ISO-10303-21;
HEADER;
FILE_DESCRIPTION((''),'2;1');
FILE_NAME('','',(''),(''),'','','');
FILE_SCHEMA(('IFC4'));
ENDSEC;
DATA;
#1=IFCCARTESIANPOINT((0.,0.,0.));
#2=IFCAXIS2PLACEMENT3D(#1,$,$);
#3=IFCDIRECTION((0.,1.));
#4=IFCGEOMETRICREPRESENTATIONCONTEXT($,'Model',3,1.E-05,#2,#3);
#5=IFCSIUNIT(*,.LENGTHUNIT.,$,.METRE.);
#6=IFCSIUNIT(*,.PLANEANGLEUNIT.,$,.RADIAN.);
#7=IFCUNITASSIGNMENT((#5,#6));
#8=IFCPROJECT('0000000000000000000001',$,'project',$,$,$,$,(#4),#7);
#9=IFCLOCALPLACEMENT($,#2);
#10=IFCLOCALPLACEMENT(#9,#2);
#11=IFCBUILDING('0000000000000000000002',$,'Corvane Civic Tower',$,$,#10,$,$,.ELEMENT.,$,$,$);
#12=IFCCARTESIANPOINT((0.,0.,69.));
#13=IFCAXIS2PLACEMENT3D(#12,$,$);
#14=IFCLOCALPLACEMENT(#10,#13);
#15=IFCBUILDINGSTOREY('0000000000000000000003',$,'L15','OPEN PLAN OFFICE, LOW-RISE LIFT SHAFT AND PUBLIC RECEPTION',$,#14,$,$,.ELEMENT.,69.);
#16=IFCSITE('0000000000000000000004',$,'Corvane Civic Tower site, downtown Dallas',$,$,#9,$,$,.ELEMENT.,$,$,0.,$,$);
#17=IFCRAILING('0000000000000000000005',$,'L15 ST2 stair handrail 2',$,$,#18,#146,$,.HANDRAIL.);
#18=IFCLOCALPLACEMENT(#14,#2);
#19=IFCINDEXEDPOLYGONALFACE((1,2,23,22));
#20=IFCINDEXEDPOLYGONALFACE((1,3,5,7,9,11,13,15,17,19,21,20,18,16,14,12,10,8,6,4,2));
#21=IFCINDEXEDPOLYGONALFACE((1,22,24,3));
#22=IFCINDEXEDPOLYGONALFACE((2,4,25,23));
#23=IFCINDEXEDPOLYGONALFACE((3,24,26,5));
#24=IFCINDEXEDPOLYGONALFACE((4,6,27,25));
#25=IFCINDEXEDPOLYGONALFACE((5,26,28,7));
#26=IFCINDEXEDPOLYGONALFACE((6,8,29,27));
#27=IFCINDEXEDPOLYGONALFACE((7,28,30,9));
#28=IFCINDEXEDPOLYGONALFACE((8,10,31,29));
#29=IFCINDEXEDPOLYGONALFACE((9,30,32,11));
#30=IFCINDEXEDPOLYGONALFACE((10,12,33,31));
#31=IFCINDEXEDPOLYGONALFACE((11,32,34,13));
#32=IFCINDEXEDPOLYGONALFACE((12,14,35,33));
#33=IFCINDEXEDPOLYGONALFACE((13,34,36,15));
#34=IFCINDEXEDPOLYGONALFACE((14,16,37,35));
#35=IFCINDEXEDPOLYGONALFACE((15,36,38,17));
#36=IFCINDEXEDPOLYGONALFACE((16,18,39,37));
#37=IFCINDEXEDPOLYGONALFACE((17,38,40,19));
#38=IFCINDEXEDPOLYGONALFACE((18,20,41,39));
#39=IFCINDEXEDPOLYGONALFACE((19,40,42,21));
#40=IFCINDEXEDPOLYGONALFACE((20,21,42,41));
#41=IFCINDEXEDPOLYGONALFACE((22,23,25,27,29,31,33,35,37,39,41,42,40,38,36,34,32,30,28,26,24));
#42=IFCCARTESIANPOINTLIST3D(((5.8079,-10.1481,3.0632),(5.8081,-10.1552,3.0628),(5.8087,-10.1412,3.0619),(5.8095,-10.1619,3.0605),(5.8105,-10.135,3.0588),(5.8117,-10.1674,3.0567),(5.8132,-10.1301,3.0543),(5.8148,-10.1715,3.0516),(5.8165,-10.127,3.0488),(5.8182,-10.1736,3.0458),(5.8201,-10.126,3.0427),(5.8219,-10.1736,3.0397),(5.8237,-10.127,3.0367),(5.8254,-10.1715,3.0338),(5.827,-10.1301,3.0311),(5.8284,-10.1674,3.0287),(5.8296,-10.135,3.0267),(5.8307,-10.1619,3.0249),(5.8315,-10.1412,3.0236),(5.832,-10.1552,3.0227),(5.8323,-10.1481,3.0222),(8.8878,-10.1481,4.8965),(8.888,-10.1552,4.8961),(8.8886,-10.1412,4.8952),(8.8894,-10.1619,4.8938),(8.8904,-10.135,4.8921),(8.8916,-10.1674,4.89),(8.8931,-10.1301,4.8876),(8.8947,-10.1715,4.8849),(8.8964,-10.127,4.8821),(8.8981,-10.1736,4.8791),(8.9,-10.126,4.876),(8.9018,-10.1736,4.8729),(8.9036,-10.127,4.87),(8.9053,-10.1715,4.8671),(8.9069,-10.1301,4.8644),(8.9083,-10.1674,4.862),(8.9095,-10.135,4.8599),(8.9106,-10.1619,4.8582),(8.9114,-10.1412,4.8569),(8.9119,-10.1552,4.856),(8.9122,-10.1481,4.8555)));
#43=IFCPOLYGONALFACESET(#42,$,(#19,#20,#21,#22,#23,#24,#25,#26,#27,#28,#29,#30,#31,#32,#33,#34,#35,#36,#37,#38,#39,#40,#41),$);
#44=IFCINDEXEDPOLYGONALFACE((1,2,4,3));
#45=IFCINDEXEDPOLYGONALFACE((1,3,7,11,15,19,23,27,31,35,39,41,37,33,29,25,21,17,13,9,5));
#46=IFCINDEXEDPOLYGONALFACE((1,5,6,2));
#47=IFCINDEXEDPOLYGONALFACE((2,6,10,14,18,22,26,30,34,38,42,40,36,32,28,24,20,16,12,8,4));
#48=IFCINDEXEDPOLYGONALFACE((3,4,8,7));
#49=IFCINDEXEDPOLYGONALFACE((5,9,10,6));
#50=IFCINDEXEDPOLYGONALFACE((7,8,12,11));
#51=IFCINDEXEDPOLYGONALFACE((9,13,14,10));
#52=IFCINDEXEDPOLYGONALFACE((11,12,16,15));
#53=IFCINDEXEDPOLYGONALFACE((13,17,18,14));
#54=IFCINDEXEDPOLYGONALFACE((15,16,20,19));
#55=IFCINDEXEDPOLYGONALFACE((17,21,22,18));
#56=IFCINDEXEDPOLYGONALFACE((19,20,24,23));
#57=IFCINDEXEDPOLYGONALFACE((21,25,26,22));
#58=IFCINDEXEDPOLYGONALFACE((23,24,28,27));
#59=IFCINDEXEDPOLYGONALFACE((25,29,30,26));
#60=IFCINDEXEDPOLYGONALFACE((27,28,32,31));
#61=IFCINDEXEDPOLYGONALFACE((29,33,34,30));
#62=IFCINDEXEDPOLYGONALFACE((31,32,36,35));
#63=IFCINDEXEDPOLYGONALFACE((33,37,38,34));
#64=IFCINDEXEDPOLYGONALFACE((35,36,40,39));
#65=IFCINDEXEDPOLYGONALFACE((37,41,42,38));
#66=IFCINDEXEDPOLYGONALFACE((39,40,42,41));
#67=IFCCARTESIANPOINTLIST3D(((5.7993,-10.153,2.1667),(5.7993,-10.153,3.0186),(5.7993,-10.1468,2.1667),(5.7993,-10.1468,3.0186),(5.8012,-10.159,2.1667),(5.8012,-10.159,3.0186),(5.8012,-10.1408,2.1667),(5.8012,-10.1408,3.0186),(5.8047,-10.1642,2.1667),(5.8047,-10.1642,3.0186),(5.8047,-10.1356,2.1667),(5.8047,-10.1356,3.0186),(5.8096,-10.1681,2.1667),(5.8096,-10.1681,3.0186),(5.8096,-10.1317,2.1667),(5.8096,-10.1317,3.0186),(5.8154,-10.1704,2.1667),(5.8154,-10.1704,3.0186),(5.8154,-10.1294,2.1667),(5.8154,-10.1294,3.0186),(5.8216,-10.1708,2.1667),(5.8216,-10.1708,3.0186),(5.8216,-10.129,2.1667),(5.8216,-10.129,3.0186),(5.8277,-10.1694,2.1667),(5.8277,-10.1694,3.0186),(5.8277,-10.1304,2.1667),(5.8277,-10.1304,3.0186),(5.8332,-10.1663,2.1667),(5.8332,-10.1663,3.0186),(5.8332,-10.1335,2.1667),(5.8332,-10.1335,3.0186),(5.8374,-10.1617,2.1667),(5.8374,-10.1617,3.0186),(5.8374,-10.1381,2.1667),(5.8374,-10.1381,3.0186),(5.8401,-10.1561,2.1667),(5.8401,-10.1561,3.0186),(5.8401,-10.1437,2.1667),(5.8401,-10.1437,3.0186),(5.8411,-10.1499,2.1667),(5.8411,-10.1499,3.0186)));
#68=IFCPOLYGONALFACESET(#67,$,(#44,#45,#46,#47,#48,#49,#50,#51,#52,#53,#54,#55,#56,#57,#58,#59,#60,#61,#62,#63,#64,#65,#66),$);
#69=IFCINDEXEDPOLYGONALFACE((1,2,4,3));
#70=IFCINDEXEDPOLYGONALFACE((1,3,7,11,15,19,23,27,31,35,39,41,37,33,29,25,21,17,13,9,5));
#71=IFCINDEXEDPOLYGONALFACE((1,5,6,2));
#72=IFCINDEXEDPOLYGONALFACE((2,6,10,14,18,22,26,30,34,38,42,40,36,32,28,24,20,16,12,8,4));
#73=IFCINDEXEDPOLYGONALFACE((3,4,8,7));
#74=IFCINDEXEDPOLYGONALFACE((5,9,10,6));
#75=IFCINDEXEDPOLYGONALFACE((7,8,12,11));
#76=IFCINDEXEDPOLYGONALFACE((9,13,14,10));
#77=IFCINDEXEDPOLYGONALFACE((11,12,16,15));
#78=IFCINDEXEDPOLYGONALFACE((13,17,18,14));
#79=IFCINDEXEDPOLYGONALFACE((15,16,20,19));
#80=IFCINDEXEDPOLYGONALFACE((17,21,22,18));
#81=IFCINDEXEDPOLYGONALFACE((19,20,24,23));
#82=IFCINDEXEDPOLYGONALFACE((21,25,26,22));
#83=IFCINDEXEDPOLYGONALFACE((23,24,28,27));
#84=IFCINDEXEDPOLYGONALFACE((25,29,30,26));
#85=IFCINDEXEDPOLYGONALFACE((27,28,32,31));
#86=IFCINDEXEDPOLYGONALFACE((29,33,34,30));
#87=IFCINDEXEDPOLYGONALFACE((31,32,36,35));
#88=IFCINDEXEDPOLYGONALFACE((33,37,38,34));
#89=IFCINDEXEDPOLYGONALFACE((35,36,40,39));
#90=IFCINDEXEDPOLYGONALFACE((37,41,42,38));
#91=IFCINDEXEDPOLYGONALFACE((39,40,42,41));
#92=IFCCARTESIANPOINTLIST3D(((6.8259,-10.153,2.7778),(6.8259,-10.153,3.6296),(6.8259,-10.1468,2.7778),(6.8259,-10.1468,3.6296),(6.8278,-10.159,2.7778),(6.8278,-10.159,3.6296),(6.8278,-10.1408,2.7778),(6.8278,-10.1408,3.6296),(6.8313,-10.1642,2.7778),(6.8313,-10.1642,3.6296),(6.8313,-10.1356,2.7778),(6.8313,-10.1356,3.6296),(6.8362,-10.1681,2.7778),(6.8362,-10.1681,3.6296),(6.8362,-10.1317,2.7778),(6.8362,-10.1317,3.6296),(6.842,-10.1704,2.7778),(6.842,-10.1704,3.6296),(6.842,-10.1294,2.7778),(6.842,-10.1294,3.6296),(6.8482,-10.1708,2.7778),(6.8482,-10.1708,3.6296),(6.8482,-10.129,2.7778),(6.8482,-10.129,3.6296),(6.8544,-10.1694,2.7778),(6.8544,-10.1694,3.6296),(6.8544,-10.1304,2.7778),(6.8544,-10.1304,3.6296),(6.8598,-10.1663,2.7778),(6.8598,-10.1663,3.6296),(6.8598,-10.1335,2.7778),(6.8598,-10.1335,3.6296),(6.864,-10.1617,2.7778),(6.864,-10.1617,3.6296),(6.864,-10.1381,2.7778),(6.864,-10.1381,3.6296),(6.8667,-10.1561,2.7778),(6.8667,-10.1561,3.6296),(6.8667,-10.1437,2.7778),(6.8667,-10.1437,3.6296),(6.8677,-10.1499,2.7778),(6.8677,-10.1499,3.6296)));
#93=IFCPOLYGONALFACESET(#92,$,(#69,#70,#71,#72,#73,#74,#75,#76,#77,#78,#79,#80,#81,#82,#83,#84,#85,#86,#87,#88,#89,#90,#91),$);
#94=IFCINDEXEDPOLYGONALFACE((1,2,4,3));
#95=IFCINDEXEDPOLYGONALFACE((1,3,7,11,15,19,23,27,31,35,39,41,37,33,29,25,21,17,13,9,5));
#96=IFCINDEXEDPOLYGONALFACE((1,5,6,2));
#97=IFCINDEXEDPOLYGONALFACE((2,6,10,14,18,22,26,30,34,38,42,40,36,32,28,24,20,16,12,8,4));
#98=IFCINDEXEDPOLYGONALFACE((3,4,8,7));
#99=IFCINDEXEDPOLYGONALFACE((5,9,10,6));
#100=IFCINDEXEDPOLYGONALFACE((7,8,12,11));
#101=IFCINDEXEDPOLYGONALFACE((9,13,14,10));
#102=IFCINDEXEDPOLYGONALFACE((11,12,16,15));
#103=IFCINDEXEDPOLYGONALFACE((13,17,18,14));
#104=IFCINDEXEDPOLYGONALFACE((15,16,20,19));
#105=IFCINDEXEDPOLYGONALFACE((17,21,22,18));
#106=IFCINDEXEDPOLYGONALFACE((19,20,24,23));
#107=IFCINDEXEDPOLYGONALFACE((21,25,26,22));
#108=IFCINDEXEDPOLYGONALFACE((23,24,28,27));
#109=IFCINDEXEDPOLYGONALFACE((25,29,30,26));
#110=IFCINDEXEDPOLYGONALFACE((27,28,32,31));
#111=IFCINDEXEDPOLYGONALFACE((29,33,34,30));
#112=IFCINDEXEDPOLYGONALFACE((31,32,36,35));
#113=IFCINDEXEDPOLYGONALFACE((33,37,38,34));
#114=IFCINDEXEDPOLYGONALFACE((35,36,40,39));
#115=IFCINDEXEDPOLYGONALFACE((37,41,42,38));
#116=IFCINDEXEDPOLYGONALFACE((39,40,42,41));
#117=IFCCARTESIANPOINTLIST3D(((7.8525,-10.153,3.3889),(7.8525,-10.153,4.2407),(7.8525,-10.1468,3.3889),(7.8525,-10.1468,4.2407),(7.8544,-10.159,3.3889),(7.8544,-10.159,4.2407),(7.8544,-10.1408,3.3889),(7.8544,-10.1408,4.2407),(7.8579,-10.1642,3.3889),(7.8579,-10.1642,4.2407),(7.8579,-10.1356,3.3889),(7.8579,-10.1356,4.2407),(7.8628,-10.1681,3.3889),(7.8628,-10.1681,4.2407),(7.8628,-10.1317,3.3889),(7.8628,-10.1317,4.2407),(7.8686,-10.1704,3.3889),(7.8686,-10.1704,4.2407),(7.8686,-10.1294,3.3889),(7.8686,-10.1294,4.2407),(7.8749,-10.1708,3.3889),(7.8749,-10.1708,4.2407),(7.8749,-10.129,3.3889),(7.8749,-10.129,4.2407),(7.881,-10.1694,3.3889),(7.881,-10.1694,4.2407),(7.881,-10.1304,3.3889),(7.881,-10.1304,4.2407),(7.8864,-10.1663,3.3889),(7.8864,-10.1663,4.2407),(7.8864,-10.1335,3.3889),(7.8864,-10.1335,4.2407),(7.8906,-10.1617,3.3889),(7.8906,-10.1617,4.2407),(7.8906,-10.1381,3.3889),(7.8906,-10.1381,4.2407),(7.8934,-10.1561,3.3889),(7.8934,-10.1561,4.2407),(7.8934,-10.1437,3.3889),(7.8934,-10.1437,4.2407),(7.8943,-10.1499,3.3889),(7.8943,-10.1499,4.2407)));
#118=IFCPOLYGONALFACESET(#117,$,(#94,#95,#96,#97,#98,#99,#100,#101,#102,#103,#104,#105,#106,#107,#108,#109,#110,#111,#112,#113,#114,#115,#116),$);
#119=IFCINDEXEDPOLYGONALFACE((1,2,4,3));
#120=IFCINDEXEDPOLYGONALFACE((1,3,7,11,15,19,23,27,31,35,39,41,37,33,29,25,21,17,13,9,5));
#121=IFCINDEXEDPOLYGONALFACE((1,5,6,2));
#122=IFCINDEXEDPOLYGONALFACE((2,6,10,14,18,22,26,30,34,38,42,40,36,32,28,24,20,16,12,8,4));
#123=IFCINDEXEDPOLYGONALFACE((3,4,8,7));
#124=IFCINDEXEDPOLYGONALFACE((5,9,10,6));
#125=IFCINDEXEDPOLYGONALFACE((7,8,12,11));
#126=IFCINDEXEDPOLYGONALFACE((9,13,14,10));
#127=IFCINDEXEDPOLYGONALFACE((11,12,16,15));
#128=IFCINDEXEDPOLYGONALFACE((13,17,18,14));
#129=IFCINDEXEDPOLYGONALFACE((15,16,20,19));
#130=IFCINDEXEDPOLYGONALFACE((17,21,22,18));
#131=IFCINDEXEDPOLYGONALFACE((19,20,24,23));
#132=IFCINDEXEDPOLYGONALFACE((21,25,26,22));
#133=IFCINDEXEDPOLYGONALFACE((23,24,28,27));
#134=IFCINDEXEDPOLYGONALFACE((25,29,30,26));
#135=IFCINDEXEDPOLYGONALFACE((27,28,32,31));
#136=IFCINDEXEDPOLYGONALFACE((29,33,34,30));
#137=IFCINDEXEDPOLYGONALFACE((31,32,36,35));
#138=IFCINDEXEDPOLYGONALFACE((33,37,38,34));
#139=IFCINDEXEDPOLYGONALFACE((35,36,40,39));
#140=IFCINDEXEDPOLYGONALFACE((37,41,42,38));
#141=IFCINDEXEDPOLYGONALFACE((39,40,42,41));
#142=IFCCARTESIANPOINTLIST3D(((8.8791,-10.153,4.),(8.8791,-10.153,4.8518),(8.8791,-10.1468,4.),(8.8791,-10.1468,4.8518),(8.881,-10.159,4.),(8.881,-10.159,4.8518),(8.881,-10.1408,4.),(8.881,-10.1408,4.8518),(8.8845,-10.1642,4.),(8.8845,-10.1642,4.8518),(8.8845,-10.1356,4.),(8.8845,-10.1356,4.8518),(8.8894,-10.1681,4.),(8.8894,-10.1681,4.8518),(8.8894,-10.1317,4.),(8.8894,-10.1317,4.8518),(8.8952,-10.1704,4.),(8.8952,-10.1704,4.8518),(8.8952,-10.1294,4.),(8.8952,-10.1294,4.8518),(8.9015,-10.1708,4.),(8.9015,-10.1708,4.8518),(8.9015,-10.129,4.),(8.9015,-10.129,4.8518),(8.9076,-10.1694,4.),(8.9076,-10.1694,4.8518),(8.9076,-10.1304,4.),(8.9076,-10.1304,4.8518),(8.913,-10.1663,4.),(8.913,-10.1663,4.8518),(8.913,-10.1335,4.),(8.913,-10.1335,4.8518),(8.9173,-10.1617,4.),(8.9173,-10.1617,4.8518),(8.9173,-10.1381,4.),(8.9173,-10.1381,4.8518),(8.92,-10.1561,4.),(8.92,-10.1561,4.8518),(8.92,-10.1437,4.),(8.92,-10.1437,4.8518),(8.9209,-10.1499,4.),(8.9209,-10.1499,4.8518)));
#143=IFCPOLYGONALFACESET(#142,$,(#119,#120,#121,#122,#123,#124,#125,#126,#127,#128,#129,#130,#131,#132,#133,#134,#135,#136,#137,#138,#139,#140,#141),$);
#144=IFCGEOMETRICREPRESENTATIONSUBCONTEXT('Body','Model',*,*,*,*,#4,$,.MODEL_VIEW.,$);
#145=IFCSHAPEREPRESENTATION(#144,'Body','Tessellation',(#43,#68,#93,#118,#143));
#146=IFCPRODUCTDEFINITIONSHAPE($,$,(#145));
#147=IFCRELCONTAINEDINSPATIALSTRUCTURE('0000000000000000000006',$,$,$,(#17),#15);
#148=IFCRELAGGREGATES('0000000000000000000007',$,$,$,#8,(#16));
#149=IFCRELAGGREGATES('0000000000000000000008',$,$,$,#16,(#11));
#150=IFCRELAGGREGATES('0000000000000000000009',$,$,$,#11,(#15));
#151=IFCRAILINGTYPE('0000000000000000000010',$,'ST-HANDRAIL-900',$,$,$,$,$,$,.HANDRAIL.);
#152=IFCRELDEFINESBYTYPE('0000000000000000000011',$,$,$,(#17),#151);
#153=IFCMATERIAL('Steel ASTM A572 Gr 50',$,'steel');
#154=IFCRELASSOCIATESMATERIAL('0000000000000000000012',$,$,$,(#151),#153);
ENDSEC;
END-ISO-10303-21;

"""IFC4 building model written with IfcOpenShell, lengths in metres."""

from ifc_helpers import new_model, si_unit, direction, frame, origin, origin_2d, place, context, subcontext, project, spatial, circle, extrude, material, type_object, element, save


model = new_model("IFC4")

# Units and contexts
model_context = context("Model", 3, precision=1e-05, world=origin(), true_north=direction((0.0, 1.0)))
body_context = subcontext(model_context, "Body", "Model", "MODEL_VIEW")
ifc_project = project(units=[si_unit("LENGTHUNIT", "METRE"), si_unit("PLANEANGLEUNIT", "RADIAN")], contexts=[model_context])

# Site, building, storey
site_placement = place(None, origin())
site = spatial("IfcSite", under=ifc_project, at=site_placement, Name="Corvane Civic Tower site, downtown Dallas", CompositionType="ELEMENT", RefElevation=0.0)
building_placement = place(site_placement, origin())
building = spatial("IfcBuilding", under=site, at=building_placement, Name="Corvane Civic Tower", CompositionType="ELEMENT")
storey_placement = place(building_placement, frame((0.0, 0.0, 69.0)))
storey = spatial("IfcBuildingStorey", under=building, at=storey_placement, Name="L15", Description="OPEN PLAN OFFICE, LOW-RISE LIFT SHAFT AND PUBLIC RECEPTION", CompositionType="ELEMENT", Elevation=69.0)

# Railing
ifc_material_1 = material(Name="Steel ASTM A572 Gr 50", Category="steel")
railing_type_1 = type_object("IfcRailingType", Name="ST-HANDRAIL-900", PredefinedType="HANDRAIL", material=ifc_material_1)
railing_1_placement = place(storey_placement, frame((5.8201, -10.1499, 2.1667)))
element("IfcRailing", 1, at=railing_1_placement, inside=storey, type_object=railing_type_1, Name="L15 ST2 stair handrail 2", PredefinedType="HANDRAIL", context=body_context, shape_type="SweptSolid", body=[
    extrude(circle(Radius=0.0239, at=origin_2d()), frame((0.0, 0.0, 0.876), z_axis=(0.859291, 0.0, 0.511487), x_axis=(0.0, 1.0, 0.0)), (0.0, 0.0, 1.0), 3.5842),
    extrude(circle(Radius=0.021, at=origin_2d()), origin(), (0.0, 0.0, 1.0), 0.8518),
    extrude(circle(Radius=0.021, at=origin_2d()), frame((1.0266, 0.0, 0.6111)), (0.0, 0.0, 1.0), 0.8518),
    extrude(circle(Radius=0.021, at=origin_2d()), frame((2.0532, 0.0, 1.2222)), (0.0, 0.0, 1.0), 0.8518),
    extrude(circle(Radius=0.021, at=origin_2d()), frame((3.0798, 0.0, 1.8333)), (0.0, 0.0, 1.0), 0.8518),
])

save(model, "model.ifc")
